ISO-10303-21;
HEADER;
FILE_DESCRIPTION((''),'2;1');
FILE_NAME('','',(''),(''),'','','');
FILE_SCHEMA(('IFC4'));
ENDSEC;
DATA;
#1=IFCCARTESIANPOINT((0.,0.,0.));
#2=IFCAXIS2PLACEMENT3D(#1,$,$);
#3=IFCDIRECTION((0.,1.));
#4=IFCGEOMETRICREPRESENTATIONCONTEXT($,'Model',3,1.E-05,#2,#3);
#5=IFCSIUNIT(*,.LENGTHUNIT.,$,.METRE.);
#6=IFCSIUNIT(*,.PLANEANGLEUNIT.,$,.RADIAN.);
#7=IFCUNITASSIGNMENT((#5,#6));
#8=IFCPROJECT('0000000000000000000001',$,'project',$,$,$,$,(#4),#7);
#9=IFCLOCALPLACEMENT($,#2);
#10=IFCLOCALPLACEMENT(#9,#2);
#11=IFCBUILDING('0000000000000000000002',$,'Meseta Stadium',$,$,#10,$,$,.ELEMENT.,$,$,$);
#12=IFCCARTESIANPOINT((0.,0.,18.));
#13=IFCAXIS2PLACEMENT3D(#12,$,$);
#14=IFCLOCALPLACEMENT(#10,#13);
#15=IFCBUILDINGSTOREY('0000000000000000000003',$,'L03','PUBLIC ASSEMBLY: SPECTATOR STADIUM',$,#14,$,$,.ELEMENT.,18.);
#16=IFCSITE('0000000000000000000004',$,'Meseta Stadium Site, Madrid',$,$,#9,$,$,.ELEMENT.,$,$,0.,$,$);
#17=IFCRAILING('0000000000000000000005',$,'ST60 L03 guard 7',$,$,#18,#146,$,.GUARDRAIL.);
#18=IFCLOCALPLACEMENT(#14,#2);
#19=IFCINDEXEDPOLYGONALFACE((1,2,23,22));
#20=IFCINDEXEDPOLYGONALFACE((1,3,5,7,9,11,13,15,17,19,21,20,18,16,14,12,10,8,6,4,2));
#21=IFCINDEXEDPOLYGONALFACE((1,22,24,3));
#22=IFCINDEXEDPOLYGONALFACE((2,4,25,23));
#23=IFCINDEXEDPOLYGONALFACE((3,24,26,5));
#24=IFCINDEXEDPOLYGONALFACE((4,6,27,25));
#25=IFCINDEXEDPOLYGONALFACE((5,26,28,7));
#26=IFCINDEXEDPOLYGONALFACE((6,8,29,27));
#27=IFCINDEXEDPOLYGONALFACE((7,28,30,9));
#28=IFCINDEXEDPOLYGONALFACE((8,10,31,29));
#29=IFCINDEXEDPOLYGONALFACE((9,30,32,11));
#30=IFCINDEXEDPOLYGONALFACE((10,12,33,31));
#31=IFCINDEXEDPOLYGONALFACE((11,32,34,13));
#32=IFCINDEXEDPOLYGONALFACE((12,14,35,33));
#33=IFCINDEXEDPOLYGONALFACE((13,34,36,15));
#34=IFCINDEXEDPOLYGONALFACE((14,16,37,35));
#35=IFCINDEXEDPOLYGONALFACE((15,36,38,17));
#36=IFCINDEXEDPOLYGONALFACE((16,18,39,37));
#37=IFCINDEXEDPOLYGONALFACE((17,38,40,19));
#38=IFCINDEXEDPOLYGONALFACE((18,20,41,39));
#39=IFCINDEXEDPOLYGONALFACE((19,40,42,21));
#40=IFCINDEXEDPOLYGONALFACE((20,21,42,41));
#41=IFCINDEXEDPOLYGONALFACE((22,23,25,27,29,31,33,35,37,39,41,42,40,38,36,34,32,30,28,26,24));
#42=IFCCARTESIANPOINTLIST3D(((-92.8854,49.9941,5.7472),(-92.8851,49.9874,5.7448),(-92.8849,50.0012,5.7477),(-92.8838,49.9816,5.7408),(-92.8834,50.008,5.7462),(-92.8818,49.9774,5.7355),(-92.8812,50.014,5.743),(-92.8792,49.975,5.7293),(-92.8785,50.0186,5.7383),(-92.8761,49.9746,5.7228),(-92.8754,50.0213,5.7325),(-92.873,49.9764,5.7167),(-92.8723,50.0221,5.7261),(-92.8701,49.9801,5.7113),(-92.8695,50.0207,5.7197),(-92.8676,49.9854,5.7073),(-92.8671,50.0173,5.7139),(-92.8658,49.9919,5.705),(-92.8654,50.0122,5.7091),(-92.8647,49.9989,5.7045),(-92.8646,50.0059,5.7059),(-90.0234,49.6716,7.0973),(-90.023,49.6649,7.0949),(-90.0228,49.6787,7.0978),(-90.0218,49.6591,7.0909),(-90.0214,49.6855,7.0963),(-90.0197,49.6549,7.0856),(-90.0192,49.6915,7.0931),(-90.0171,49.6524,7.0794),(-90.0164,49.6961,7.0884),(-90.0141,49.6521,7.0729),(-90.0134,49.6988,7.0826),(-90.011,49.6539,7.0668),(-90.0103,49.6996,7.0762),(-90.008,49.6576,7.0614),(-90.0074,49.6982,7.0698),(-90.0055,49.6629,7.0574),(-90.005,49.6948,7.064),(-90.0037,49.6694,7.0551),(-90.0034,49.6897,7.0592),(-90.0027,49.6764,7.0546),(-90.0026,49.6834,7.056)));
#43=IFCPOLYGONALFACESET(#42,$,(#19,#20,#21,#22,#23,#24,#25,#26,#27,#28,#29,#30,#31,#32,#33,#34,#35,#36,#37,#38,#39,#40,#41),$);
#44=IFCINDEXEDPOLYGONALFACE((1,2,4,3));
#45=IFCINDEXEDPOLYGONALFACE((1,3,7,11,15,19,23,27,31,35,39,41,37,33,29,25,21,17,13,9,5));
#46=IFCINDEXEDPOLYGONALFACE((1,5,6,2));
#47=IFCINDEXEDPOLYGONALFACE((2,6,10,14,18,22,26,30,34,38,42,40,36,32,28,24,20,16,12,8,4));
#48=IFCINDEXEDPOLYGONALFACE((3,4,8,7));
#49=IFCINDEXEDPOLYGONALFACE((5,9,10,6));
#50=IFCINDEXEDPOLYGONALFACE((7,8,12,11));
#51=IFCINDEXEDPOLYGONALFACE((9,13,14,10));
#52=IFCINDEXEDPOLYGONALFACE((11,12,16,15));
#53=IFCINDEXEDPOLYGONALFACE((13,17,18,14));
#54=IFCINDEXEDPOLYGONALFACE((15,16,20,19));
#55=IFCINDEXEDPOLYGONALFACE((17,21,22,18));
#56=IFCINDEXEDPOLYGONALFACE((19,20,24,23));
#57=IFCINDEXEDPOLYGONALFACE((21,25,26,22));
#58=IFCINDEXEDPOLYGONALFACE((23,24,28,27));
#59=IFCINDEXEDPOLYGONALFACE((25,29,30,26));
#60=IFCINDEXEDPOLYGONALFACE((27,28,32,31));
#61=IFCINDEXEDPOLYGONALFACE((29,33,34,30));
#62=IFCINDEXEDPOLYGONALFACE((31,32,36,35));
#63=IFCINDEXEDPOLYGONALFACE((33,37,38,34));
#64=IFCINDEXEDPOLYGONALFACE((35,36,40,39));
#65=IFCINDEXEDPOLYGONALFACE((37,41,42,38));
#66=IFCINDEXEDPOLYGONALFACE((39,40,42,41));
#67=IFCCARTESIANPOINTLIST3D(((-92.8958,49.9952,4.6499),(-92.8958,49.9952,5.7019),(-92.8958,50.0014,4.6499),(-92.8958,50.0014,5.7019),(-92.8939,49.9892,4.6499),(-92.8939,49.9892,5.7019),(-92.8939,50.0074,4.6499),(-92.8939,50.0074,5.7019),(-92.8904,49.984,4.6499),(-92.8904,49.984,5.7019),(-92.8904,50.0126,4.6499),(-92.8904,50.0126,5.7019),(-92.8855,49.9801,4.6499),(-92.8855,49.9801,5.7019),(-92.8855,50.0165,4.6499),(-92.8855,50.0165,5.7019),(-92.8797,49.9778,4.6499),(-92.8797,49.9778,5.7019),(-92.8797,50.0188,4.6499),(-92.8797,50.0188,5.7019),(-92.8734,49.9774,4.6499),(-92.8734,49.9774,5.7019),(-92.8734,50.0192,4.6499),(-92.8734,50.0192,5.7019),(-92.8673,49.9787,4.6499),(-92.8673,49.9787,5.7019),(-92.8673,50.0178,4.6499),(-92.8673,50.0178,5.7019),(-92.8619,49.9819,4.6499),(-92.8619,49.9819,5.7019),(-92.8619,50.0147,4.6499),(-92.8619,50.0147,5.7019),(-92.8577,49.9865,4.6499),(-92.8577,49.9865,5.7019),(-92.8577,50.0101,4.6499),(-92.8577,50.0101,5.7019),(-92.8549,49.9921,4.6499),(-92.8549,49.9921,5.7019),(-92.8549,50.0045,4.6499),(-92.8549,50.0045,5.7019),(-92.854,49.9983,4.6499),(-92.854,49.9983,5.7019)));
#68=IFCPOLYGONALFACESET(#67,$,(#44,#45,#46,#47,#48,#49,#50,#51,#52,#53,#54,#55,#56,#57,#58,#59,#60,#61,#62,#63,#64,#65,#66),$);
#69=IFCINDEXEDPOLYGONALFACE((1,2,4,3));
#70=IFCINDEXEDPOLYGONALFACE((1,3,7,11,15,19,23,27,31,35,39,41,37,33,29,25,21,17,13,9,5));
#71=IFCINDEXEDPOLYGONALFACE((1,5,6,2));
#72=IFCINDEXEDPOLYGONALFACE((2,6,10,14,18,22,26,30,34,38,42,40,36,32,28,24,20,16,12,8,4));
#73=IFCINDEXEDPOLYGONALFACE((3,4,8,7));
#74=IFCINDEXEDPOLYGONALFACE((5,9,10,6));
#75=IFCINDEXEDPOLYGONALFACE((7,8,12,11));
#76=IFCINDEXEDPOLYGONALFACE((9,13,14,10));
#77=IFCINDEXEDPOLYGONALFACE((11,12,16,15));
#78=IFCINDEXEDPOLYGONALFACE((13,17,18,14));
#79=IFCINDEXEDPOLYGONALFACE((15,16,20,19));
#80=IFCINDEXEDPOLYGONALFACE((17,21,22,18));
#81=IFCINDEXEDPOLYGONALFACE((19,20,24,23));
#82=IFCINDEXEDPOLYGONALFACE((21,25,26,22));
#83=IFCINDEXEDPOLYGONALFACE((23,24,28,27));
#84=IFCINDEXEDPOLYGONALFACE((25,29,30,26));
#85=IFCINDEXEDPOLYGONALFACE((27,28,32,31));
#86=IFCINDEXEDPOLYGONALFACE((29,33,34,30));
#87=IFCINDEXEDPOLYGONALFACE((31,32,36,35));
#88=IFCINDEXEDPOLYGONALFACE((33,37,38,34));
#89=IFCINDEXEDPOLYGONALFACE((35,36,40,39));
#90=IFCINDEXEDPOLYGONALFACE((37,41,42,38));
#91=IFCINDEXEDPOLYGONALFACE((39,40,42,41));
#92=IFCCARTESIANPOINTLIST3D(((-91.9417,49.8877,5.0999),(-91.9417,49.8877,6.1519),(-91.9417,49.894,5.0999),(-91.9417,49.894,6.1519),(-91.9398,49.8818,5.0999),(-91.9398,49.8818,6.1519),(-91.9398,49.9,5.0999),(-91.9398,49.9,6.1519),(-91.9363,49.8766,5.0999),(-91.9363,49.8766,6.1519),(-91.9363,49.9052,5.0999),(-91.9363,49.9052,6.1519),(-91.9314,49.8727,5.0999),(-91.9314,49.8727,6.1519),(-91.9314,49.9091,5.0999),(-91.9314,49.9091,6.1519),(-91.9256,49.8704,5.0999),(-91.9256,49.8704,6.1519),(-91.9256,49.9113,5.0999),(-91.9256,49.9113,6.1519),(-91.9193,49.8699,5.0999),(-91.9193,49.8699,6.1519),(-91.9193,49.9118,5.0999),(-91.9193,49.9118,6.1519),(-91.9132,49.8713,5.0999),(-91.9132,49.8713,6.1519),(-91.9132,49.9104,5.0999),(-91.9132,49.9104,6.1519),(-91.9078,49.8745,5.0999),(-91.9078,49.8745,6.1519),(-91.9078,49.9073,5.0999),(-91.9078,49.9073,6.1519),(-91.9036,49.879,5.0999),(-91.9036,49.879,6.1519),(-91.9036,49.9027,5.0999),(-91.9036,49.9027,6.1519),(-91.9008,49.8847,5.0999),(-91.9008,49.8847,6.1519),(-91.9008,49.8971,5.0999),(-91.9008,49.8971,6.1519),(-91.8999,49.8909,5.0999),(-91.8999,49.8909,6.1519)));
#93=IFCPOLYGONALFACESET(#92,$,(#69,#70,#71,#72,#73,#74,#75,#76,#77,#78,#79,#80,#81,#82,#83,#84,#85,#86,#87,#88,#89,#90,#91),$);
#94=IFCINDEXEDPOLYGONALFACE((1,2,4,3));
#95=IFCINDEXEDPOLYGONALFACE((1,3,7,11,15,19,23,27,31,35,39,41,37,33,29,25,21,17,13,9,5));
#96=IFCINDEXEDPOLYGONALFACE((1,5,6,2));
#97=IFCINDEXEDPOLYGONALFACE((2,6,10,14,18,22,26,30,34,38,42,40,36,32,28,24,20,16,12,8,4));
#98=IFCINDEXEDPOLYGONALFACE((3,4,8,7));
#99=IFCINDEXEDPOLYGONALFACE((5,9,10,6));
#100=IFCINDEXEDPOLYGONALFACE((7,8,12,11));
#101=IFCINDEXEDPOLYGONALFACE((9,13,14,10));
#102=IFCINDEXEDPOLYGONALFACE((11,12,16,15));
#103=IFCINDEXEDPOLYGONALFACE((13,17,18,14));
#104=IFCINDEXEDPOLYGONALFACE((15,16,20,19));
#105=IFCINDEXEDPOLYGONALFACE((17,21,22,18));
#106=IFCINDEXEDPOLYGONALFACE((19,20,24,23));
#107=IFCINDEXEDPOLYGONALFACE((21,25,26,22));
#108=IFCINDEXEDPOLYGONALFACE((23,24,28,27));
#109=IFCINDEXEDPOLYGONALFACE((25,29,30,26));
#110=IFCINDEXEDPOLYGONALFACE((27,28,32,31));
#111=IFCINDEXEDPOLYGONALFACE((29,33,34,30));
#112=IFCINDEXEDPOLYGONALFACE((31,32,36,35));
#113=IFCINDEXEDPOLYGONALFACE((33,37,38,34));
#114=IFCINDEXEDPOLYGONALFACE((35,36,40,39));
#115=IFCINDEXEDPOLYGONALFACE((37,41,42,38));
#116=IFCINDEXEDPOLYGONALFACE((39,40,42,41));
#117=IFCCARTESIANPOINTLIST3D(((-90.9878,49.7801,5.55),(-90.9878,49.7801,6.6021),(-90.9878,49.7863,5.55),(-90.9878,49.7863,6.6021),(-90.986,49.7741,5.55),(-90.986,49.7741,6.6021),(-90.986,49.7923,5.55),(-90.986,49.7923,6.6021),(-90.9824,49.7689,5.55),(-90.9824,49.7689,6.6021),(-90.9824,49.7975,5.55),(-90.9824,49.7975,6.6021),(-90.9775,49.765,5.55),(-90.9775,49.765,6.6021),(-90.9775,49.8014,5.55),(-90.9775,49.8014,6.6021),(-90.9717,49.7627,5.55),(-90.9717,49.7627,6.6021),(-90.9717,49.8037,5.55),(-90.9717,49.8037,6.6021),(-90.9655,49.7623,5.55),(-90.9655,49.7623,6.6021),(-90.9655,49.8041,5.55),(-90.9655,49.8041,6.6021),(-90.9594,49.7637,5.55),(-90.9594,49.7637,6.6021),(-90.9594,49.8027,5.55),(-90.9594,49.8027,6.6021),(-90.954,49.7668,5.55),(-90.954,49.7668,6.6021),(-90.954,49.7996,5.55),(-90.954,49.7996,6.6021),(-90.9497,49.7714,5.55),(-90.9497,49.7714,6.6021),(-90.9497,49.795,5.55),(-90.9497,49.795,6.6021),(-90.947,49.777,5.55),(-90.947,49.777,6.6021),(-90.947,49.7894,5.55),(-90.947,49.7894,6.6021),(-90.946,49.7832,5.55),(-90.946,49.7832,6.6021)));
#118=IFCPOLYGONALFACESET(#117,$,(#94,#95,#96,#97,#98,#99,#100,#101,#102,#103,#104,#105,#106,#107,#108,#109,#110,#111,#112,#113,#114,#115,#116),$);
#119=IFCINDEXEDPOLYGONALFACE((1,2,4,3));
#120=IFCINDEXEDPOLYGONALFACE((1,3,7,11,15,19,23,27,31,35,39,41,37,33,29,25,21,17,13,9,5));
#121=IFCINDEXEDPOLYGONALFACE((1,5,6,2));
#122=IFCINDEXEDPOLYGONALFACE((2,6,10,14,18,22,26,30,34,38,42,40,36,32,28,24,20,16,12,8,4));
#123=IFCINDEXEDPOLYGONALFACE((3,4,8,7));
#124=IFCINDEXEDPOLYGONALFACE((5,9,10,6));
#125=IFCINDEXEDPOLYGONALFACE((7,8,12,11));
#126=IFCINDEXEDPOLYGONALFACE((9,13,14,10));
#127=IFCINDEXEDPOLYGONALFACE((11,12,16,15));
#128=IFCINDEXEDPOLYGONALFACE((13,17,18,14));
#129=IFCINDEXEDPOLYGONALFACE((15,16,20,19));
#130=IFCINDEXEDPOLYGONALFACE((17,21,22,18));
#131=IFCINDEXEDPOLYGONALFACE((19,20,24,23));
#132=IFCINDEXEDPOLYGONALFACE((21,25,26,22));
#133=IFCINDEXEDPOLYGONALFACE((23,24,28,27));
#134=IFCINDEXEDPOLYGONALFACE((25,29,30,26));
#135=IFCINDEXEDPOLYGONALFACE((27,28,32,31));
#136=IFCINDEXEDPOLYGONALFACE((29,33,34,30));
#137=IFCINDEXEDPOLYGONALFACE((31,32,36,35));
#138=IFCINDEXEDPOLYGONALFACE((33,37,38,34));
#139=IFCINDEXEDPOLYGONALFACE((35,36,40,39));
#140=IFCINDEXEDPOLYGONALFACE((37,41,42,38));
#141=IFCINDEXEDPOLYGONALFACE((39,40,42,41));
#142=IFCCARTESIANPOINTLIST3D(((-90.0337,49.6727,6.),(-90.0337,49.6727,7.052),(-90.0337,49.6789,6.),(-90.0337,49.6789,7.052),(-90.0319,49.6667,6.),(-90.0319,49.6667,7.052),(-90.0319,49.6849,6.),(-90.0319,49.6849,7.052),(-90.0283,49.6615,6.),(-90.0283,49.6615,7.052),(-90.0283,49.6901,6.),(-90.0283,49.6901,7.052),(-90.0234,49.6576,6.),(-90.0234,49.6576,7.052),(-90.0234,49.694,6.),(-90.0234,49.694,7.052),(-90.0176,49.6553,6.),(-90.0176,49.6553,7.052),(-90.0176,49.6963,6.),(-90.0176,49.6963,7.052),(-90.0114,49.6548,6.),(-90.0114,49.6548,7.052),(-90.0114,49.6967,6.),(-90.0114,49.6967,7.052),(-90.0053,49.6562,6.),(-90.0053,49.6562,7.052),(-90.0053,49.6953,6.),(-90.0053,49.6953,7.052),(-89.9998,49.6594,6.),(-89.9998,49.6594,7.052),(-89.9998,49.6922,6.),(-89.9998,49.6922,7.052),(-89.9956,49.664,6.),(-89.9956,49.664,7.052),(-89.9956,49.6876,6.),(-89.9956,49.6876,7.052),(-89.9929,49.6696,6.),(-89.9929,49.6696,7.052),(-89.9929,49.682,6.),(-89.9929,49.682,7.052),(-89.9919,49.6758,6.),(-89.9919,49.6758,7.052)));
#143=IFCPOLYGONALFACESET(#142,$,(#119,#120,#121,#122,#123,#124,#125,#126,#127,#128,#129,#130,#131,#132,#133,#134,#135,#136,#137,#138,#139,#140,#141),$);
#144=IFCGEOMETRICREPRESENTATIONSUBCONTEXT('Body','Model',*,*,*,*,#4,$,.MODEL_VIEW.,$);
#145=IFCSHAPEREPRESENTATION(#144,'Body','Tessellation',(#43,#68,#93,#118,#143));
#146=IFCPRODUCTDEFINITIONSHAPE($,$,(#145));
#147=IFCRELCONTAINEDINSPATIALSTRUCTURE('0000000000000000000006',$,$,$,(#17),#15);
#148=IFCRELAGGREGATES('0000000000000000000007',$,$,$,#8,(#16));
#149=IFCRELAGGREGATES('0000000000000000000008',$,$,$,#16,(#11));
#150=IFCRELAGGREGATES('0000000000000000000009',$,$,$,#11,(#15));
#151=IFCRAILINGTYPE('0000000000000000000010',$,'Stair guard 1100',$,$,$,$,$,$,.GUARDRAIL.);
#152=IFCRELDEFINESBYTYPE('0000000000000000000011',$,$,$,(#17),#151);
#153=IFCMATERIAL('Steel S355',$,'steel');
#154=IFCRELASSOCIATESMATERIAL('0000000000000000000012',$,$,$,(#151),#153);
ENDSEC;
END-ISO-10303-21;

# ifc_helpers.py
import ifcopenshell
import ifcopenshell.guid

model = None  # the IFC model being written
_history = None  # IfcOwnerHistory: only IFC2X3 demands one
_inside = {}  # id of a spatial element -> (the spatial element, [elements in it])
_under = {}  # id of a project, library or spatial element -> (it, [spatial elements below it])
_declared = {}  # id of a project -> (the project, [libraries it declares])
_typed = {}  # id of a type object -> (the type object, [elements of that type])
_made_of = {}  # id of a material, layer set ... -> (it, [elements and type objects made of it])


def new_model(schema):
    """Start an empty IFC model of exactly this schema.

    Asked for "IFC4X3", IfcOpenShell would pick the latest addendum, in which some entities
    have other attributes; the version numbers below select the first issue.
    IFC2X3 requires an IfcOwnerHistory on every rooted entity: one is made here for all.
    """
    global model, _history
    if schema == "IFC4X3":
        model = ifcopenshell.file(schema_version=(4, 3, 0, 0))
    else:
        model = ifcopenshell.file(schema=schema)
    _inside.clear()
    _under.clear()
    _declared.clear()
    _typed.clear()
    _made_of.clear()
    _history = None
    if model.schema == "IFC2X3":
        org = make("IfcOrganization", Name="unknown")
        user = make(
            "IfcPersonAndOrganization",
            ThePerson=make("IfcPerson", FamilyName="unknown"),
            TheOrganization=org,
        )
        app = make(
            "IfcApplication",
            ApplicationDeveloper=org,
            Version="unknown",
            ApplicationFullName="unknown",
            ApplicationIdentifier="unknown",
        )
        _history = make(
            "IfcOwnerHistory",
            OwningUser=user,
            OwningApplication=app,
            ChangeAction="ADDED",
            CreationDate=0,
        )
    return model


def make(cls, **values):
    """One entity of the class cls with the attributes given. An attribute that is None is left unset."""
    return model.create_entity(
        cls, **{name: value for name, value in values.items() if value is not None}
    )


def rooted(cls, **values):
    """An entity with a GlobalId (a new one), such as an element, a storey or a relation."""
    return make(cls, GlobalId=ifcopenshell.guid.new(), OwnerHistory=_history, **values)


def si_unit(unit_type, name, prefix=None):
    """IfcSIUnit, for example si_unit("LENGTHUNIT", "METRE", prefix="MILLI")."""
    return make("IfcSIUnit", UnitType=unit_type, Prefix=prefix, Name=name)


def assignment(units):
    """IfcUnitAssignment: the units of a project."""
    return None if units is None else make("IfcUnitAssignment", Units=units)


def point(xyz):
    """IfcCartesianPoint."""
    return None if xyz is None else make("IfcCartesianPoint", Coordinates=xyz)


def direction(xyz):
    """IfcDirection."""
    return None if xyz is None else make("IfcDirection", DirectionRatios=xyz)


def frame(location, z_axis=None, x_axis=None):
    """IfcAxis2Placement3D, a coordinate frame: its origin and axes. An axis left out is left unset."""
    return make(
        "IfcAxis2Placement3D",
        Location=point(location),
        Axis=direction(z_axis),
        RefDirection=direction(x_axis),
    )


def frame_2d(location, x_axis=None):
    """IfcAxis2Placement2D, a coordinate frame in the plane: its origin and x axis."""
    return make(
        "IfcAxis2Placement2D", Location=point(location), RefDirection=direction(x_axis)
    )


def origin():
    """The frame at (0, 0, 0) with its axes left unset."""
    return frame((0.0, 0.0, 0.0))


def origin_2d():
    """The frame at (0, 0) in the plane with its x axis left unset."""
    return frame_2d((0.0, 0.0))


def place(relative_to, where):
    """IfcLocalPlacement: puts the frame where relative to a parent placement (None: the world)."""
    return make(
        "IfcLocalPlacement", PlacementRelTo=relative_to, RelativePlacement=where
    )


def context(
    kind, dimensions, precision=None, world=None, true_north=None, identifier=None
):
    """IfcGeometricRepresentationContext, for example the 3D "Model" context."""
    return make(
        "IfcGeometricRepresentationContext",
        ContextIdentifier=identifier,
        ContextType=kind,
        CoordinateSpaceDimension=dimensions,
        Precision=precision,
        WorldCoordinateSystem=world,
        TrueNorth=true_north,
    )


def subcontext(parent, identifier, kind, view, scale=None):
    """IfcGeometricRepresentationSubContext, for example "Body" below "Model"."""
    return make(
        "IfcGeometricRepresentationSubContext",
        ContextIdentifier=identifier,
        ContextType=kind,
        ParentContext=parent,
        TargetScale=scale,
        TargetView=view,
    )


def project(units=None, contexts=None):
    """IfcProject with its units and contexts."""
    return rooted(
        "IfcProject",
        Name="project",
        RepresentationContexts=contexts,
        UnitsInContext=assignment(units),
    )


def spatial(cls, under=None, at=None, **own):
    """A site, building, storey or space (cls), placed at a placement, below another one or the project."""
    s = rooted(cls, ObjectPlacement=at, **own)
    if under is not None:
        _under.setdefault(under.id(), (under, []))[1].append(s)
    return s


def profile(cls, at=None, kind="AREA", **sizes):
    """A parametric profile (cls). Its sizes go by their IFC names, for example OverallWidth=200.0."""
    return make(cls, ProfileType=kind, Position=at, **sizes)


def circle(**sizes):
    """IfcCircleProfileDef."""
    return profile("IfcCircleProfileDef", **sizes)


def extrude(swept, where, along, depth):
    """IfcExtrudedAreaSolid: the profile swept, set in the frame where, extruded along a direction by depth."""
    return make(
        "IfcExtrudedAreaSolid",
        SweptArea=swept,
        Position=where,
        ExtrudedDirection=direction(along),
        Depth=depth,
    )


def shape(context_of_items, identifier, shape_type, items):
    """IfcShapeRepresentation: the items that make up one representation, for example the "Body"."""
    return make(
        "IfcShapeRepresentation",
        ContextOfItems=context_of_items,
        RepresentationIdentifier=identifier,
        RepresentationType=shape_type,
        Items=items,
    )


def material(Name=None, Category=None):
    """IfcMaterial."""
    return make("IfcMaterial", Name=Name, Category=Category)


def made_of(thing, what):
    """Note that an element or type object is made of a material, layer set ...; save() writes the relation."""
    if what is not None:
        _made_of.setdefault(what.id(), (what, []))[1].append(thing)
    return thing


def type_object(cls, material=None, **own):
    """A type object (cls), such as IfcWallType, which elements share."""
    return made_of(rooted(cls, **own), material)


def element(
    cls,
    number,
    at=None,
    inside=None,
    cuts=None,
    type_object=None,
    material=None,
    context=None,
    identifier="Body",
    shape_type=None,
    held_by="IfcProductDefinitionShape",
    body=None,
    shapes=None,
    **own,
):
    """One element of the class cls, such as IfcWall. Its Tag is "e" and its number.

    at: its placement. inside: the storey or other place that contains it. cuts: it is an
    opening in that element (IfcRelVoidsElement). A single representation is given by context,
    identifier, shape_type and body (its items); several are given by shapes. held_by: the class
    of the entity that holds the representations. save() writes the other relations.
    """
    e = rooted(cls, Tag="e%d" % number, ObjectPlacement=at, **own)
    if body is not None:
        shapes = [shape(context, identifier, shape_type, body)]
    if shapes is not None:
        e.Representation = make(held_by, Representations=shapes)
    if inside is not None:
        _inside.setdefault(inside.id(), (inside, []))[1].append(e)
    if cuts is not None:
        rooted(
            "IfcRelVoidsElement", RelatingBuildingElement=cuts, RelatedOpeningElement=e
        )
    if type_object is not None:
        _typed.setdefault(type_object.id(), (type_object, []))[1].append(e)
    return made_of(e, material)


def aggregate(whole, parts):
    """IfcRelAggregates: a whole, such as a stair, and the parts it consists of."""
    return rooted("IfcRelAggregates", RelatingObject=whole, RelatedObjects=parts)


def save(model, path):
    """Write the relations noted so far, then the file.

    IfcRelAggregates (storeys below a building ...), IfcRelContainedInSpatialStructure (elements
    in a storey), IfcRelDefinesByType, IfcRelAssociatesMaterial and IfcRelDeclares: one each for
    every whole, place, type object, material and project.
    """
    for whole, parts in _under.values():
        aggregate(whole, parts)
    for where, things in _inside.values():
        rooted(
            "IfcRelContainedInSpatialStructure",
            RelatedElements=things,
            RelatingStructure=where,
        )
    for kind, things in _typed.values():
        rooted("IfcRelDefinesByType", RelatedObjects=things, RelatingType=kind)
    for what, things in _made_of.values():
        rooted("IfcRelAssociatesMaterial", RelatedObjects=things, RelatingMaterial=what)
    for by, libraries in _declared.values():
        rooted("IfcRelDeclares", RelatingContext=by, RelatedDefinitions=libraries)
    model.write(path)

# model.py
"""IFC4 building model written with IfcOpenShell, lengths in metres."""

from ifc_helpers import new_model, si_unit, direction, frame, origin, origin_2d, place, context, subcontext, project, spatial, circle, extrude, material, type_object, element, save


model = new_model("IFC4")

# Units and contexts
model_context = context("Model", 3, precision=1e-05, world=origin(), true_north=direction((0.0, 1.0)))
body_context = subcontext(model_context, "Body", "Model", "MODEL_VIEW")
ifc_project = project(units=[si_unit("LENGTHUNIT", "METRE"), si_unit("PLANEANGLEUNIT", "RADIAN")], contexts=[model_context])

# Site, building, storey
site_placement = place(None, origin())
site = spatial("IfcSite", under=ifc_project, at=site_placement, Name="Meseta Stadium Site, Madrid", CompositionType="ELEMENT", RefElevation=0.0)
building_placement = place(site_placement, origin())
building = spatial("IfcBuilding", under=site, at=building_placement, Name="Meseta Stadium", CompositionType="ELEMENT")
storey_placement = place(building_placement, frame((0.0, 0.0, 18.0)))
storey = spatial("IfcBuildingStorey", under=building, at=storey_placement, Name="L03", Description="PUBLIC ASSEMBLY: SPECTATOR STADIUM", CompositionType="ELEMENT", Elevation=18.0)

# Railing
ifc_material_1 = material(Name="Steel S355", Category="steel")
railing_type_1 = type_object("IfcRailingType", Name="Stair guard 1100", PredefinedType="GUARDRAIL", material=ifc_material_1)
railing_1_placement = place(storey_placement, frame((-92.875, 49.9983, 4.6499)))
element("IfcRailing", 1, at=railing_1_placement, inside=storey, type_object=railing_type_1, Name="ST60 L03 guard 7", PredefinedType="GUARDRAIL", context=body_context, shape_type="SweptSolid", body=[
    extrude(circle(Radius=0.0239, at=origin_2d()), frame((0.0, 0.0, 1.0762), z_axis=(0.899763, -0.101389, 0.424438), x_axis=(0.111976, 0.993711, 0.0)), (0.0, 0.0, 1.0), 3.1809),
    extrude(circle(Radius=0.021, at=origin_2d()), origin(), (0.0, 0.0, 1.0), 1.052),
    extrude(circle(Radius=0.021, at=origin_2d()), frame((0.9541, -0.1074, 0.45)), (0.0, 0.0, 1.0), 1.052),
    extrude(circle(Radius=0.021, at=origin_2d()), frame((1.908, -0.2151, 0.9001)), (0.0, 0.0, 1.0), 1.052),
    extrude(circle(Radius=0.021, at=origin_2d()), frame((2.8621, -0.3225, 1.3501)), (0.0, 0.0, 1.0), 1.052),
])

save(model, "model.ifc")
